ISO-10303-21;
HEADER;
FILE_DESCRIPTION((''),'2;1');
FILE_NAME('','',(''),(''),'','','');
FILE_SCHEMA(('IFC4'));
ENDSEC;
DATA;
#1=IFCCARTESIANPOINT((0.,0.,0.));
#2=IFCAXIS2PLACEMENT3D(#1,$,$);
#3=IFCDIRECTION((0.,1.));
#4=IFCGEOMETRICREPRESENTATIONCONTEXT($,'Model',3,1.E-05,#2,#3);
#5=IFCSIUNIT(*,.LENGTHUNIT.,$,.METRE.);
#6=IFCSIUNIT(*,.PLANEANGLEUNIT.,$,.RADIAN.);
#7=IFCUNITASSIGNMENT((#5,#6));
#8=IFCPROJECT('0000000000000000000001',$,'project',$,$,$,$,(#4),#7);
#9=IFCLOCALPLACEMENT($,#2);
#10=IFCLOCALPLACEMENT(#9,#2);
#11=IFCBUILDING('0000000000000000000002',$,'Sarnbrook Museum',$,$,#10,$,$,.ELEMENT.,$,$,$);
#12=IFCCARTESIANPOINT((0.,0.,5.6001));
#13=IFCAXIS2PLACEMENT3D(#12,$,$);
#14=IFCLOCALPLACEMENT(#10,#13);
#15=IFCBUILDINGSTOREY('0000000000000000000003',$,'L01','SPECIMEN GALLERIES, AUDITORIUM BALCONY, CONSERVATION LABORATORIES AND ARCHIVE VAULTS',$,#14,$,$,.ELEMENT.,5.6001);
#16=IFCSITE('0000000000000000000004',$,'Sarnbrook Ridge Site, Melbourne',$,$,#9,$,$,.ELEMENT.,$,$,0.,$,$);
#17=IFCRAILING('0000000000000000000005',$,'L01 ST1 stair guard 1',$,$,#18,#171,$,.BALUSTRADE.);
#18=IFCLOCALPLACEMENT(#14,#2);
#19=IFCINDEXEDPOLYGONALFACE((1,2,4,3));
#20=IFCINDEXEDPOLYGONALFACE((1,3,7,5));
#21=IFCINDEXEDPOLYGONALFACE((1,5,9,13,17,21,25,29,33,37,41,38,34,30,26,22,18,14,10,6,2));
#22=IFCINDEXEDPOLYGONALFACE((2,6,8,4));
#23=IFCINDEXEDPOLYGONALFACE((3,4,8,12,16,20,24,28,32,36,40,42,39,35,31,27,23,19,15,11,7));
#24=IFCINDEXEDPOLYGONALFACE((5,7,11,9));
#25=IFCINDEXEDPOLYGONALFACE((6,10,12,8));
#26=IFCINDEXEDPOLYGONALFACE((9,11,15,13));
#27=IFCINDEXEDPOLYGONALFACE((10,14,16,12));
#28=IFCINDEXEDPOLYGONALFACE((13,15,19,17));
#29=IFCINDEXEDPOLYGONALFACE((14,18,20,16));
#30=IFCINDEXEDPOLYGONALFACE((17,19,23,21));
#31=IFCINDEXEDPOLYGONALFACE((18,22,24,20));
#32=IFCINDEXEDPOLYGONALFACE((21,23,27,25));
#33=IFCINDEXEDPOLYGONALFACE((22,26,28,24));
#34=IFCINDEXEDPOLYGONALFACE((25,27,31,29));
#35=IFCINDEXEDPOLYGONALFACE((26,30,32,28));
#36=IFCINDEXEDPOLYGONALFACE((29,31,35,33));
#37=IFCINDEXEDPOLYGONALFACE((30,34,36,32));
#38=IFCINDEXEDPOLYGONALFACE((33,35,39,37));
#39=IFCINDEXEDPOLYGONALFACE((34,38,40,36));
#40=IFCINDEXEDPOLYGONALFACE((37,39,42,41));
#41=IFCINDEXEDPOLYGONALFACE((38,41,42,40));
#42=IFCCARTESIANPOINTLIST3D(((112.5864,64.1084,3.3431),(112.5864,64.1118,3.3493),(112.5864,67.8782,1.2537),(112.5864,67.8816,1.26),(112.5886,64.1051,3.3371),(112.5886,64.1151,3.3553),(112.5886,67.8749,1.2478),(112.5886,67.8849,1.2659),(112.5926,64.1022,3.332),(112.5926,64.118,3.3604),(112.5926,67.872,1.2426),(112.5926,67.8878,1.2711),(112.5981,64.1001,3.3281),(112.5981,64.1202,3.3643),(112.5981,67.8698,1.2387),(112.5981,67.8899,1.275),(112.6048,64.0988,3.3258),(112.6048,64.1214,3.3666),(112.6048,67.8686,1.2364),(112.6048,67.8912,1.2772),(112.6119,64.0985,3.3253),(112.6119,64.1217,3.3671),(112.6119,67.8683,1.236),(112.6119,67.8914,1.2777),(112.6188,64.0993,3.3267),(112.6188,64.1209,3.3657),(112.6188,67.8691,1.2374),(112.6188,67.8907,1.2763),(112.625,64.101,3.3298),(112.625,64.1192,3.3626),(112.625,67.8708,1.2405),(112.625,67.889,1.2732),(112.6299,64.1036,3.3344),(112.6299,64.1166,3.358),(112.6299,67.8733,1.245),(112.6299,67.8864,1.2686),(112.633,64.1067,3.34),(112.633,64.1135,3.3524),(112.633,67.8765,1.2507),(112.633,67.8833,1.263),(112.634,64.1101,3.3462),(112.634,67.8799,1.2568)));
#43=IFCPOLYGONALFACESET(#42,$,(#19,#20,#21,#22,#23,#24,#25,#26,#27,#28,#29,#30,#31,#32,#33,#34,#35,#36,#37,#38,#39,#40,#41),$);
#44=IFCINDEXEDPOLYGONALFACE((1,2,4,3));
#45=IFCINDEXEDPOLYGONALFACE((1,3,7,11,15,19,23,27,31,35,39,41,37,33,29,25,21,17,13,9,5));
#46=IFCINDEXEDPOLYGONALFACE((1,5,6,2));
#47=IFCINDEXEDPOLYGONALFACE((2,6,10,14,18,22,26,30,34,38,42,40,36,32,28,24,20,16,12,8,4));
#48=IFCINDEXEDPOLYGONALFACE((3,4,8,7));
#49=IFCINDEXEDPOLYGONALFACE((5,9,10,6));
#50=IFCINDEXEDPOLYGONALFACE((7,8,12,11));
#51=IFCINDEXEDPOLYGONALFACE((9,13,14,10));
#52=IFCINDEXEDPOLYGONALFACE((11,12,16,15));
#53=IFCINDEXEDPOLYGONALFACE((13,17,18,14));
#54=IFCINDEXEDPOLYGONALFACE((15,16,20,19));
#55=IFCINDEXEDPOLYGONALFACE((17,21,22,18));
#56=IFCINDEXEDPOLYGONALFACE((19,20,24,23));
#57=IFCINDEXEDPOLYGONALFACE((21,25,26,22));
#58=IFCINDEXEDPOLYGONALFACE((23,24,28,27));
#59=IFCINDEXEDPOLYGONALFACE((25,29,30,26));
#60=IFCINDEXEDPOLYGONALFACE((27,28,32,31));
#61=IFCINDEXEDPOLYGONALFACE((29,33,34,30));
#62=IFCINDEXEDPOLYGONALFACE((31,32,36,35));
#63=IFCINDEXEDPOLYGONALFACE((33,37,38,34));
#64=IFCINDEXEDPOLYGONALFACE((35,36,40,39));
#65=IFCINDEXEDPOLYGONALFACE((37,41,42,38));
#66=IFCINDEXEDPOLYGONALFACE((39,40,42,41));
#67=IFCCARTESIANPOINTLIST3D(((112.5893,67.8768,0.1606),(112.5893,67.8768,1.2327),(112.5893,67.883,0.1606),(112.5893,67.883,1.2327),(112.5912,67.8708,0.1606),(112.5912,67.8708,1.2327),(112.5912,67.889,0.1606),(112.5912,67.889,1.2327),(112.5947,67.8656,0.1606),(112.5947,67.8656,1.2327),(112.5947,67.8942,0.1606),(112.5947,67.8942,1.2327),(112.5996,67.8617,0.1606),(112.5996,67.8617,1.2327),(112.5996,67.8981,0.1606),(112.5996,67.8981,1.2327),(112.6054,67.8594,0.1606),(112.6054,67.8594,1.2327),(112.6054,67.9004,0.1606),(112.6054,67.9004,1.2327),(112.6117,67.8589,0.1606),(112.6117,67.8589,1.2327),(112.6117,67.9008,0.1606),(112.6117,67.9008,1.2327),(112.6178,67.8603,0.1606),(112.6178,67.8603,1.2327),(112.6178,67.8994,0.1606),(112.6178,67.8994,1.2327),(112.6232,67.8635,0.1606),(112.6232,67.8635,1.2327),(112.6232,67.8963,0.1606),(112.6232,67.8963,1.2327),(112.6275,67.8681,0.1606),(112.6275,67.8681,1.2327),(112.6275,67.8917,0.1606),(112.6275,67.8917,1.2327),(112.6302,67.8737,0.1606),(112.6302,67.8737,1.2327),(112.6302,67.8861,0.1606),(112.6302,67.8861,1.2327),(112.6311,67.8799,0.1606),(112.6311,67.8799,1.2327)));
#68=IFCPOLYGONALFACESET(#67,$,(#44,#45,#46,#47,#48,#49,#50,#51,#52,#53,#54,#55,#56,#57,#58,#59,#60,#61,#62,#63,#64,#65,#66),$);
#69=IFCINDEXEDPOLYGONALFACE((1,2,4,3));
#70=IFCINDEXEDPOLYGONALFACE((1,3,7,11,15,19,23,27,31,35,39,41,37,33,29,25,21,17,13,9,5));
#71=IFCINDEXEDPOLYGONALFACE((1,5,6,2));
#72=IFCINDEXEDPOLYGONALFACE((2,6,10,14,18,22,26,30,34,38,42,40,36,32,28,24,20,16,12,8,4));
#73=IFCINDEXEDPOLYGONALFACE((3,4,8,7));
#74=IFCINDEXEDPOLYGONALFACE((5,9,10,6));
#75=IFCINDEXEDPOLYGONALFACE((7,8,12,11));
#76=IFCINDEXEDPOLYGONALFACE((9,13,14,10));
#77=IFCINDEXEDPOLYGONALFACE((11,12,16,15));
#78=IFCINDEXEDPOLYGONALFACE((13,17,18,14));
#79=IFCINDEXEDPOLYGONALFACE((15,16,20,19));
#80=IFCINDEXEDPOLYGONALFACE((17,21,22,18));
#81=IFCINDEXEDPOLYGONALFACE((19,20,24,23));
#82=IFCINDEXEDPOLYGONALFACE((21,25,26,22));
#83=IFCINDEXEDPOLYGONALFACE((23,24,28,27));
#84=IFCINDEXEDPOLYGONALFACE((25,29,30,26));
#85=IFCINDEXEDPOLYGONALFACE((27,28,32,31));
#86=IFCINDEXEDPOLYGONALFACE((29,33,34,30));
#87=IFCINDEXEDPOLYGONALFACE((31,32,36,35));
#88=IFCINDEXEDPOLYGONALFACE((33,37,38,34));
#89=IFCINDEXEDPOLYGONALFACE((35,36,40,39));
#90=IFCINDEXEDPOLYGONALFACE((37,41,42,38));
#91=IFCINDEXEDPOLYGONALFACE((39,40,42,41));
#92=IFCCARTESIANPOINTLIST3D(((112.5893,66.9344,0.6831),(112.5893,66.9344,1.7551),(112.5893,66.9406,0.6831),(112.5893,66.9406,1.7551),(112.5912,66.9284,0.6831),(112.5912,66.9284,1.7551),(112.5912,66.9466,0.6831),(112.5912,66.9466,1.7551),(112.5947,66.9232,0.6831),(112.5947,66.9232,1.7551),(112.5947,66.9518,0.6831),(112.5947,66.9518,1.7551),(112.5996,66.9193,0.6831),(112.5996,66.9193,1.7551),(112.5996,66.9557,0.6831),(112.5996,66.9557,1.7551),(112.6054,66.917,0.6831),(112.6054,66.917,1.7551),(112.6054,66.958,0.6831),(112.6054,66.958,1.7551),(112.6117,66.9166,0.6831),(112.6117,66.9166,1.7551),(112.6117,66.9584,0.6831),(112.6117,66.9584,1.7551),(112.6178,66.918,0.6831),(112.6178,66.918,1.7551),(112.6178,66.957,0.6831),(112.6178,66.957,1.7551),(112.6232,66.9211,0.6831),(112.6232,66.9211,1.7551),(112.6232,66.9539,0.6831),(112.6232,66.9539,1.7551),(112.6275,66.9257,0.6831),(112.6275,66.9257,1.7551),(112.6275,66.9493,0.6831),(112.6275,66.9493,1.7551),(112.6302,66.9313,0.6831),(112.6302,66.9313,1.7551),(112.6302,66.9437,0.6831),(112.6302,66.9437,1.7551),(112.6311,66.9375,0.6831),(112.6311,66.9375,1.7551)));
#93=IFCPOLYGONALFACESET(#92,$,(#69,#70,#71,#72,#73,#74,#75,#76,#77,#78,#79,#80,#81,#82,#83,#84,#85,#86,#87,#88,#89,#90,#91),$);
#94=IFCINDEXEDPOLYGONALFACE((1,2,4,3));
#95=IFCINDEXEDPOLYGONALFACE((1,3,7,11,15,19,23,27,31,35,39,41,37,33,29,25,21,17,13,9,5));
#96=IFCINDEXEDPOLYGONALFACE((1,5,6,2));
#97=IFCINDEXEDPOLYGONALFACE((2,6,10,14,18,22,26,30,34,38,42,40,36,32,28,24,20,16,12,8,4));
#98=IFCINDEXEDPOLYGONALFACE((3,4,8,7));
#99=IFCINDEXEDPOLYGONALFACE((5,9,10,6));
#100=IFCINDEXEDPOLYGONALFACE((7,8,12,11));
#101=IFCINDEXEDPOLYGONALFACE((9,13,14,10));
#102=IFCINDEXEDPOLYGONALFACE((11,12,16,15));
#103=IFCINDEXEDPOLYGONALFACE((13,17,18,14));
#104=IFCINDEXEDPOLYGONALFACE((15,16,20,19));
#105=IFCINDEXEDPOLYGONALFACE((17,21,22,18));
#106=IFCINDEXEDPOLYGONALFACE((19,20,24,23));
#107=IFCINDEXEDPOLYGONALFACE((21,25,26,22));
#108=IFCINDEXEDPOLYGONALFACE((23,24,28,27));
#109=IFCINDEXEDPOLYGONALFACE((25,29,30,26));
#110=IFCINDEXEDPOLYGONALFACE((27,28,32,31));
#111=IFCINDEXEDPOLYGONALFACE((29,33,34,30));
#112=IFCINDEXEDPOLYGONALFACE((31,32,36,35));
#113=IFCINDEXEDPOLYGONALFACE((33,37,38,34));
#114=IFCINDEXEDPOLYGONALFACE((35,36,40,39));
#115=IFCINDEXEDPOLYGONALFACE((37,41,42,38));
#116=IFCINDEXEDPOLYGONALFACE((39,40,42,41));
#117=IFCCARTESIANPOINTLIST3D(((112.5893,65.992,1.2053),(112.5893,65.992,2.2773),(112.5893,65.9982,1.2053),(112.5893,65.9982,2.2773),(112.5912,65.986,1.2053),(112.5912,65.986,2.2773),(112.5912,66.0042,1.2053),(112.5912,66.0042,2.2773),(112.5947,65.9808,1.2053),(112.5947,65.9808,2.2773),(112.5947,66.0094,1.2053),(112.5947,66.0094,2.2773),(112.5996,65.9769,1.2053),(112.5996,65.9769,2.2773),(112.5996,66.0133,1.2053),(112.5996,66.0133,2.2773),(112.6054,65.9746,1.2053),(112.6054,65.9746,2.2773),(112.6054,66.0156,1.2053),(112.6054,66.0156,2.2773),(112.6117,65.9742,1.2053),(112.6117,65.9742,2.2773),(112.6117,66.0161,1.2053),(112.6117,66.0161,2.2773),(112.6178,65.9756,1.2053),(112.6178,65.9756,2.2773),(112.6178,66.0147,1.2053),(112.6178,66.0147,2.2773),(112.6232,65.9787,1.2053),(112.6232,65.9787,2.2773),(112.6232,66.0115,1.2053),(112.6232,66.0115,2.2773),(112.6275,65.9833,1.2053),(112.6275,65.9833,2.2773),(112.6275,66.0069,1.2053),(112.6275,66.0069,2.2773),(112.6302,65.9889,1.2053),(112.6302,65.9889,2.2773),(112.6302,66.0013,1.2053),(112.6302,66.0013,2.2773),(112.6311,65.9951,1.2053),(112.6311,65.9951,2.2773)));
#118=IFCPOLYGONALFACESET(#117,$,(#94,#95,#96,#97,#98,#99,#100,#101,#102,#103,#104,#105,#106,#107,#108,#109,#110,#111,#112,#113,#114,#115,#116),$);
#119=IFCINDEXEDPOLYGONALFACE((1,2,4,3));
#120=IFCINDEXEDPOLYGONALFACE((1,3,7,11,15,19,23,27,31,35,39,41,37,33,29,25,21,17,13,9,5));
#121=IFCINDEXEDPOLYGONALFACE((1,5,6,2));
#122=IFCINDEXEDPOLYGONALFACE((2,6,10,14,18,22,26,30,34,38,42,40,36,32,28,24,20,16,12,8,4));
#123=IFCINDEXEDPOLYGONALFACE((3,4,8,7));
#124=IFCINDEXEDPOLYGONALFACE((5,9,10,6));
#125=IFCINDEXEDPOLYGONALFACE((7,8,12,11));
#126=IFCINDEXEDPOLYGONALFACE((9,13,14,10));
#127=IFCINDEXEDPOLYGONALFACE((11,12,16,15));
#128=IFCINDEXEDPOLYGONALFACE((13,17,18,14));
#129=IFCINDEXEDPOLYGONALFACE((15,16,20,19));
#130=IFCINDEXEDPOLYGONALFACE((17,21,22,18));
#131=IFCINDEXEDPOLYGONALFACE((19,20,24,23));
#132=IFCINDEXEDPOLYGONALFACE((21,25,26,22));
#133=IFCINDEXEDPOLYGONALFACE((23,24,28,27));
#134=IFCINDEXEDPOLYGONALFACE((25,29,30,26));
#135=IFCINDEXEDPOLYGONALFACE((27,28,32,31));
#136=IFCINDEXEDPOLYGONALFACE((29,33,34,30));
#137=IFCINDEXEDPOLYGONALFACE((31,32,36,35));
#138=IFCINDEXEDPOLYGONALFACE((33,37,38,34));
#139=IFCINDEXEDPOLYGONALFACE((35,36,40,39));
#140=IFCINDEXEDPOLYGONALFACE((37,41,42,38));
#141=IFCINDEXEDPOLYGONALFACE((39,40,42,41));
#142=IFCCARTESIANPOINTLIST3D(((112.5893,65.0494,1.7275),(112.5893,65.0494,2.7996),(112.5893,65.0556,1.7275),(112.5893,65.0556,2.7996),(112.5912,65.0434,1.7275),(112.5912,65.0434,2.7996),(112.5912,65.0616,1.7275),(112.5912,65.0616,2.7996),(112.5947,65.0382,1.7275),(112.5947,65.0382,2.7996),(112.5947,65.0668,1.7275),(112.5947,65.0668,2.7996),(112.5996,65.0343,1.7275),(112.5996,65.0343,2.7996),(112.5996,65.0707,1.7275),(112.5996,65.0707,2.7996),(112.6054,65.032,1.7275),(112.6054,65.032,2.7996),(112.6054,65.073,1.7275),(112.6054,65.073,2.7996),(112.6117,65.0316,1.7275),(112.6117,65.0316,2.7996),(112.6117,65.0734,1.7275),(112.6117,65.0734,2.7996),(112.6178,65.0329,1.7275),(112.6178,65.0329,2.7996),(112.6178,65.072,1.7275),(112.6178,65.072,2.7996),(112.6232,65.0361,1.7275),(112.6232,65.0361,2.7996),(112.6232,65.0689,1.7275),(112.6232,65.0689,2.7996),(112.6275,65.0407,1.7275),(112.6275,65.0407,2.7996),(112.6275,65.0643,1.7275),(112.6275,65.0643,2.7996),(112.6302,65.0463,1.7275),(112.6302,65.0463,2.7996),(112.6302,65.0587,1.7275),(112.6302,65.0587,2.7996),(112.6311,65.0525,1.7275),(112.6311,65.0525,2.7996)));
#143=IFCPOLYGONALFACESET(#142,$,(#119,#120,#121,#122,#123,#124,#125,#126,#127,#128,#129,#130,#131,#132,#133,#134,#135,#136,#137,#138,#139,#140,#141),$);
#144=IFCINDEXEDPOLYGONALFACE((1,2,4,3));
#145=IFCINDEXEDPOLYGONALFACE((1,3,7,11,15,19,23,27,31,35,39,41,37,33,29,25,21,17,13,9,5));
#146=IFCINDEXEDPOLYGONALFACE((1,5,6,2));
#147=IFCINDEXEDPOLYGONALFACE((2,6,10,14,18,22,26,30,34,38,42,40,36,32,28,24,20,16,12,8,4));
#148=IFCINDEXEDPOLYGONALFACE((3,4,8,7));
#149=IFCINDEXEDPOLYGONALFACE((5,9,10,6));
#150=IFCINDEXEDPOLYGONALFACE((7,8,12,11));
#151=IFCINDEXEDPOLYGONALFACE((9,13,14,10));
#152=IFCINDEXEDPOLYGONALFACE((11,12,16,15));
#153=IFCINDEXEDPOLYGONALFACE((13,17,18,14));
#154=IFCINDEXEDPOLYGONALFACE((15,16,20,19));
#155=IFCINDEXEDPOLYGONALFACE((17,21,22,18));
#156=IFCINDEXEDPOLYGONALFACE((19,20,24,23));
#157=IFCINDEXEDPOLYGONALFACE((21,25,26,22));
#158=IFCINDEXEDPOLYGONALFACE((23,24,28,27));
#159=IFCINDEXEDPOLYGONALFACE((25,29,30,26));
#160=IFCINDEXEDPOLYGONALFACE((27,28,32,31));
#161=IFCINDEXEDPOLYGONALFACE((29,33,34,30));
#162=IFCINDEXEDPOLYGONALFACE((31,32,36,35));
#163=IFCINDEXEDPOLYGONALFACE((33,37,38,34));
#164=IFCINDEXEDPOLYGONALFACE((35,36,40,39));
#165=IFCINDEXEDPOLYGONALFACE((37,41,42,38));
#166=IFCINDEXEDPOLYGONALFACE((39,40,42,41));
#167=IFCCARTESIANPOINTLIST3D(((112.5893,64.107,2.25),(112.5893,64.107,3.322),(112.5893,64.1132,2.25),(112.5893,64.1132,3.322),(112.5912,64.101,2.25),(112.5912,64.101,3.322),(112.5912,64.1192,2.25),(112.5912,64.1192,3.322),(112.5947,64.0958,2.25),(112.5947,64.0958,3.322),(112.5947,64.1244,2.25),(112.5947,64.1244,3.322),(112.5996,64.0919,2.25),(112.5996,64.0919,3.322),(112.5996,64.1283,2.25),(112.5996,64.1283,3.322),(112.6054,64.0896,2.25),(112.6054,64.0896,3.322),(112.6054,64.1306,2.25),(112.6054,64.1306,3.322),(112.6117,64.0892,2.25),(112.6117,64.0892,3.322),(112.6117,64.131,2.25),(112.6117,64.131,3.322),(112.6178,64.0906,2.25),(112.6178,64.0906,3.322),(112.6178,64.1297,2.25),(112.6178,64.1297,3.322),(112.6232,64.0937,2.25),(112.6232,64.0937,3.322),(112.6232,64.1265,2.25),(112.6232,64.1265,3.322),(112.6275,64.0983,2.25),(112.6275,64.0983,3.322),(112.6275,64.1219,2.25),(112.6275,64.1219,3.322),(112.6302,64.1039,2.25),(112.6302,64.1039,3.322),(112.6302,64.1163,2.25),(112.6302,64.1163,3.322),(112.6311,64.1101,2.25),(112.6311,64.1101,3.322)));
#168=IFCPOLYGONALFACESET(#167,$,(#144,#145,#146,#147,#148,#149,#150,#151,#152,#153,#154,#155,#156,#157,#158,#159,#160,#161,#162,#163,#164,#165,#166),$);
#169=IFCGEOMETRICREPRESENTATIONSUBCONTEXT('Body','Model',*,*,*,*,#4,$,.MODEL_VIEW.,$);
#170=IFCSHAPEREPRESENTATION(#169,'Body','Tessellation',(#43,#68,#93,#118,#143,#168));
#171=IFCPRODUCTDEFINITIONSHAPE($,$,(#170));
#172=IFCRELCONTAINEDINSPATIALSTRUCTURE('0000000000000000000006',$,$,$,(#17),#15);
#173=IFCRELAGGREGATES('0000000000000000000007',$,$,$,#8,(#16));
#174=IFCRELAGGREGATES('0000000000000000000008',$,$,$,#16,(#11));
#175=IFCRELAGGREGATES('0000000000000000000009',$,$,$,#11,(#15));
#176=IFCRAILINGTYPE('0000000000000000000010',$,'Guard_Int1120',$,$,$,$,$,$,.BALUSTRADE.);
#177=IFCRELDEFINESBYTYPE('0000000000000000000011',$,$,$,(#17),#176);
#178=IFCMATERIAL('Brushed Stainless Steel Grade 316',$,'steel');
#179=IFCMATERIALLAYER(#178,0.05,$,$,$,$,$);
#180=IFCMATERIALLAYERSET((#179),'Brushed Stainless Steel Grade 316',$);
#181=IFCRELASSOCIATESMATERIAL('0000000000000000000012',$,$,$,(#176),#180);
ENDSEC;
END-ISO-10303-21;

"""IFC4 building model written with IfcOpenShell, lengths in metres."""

from ifc_helpers import new_model, si_unit, direction, frame, origin, origin_2d, place, context, subcontext, project, spatial, circle, extrude, material, layer, layer_set, type_object, element, save


model = new_model("IFC4")

# Units and contexts
model_context = context("Model", 3, precision=1e-05, world=origin(), true_north=direction((0.0, 1.0)))
body_context = subcontext(model_context, "Body", "Model", "MODEL_VIEW")
ifc_project = project(units=[si_unit("LENGTHUNIT", "METRE"), si_unit("PLANEANGLEUNIT", "RADIAN")], contexts=[model_context])

# Site, building, storey
site_placement = place(None, origin())
site = spatial("IfcSite", under=ifc_project, at=site_placement, Name="Sarnbrook Ridge Site, Melbourne", CompositionType="ELEMENT", RefElevation=0.0)
building_placement = place(site_placement, origin())
building = spatial("IfcBuilding", under=site, at=building_placement, Name="Sarnbrook Museum", CompositionType="ELEMENT")
storey_placement = place(building_placement, frame((0.0, 0.0, 5.6001)))
storey = spatial("IfcBuildingStorey", under=building, at=storey_placement, Name="L01", Description="SPECIMEN GALLERIES, AUDITORIUM BALCONY, CONSERVATION LABORATORIES AND ARCHIVE VAULTS", CompositionType="ELEMENT", Elevation=5.6001)

# Railing
ifc_material_1 = material(Name="Brushed Stainless Steel Grade 316", Category="steel")
ifc_layer_1 = layer(ifc_material_1, 0.05)
ifc_layer_set_1 = layer_set([ifc_layer_1], Name="Brushed Stainless Steel Grade 316")
railing_type_1 = type_object("IfcRailingType", Name="Guard_Int1120", PredefinedType="BALUSTRADE", material=ifc_layer_set_1)
railing_1_placement = place(storey_placement, frame((112.6101, 67.8799, 0.1606)))
element("IfcRailing", 1, at=railing_1_placement, inside=storey, type_object=railing_type_1, Name="L01 ST1 stair guard 1", PredefinedType="BALUSTRADE", context=body_context, shape_type="SweptSolid", body=[
    extrude(circle(Radius=0.0239, at=origin_2d()), frame((0.0, 0.0, 1.0962), z_axis=(0.0, -0.874646, 0.484763), x_axis=(1.0, 0.0, 0.0)), (0.0, 0.0, 1.0), 4.3101),
    extrude(circle(Radius=0.021, at=origin_2d()), origin(), (0.0, 0.0, 1.0), 1.072),
    extrude(circle(Radius=0.021, at=origin_2d()), frame((0.0, -0.9424, 0.5225)), (0.0, 0.0, 1.0), 1.072),
    extrude(circle(Radius=0.021, at=origin_2d()), frame((0.0, -1.8848, 1.0447)), (0.0, 0.0, 1.0), 1.072),
    extrude(circle(Radius=0.021, at=origin_2d()), frame((0.0, -2.8274, 1.5669)), (0.0, 0.0, 1.0), 1.072),
    extrude(circle(Radius=0.021, at=origin_2d()), frame((0.0, -3.7698, 2.0894)), (0.0, 0.0, 1.0), 1.072),
])

save(model, "model.ifc")
